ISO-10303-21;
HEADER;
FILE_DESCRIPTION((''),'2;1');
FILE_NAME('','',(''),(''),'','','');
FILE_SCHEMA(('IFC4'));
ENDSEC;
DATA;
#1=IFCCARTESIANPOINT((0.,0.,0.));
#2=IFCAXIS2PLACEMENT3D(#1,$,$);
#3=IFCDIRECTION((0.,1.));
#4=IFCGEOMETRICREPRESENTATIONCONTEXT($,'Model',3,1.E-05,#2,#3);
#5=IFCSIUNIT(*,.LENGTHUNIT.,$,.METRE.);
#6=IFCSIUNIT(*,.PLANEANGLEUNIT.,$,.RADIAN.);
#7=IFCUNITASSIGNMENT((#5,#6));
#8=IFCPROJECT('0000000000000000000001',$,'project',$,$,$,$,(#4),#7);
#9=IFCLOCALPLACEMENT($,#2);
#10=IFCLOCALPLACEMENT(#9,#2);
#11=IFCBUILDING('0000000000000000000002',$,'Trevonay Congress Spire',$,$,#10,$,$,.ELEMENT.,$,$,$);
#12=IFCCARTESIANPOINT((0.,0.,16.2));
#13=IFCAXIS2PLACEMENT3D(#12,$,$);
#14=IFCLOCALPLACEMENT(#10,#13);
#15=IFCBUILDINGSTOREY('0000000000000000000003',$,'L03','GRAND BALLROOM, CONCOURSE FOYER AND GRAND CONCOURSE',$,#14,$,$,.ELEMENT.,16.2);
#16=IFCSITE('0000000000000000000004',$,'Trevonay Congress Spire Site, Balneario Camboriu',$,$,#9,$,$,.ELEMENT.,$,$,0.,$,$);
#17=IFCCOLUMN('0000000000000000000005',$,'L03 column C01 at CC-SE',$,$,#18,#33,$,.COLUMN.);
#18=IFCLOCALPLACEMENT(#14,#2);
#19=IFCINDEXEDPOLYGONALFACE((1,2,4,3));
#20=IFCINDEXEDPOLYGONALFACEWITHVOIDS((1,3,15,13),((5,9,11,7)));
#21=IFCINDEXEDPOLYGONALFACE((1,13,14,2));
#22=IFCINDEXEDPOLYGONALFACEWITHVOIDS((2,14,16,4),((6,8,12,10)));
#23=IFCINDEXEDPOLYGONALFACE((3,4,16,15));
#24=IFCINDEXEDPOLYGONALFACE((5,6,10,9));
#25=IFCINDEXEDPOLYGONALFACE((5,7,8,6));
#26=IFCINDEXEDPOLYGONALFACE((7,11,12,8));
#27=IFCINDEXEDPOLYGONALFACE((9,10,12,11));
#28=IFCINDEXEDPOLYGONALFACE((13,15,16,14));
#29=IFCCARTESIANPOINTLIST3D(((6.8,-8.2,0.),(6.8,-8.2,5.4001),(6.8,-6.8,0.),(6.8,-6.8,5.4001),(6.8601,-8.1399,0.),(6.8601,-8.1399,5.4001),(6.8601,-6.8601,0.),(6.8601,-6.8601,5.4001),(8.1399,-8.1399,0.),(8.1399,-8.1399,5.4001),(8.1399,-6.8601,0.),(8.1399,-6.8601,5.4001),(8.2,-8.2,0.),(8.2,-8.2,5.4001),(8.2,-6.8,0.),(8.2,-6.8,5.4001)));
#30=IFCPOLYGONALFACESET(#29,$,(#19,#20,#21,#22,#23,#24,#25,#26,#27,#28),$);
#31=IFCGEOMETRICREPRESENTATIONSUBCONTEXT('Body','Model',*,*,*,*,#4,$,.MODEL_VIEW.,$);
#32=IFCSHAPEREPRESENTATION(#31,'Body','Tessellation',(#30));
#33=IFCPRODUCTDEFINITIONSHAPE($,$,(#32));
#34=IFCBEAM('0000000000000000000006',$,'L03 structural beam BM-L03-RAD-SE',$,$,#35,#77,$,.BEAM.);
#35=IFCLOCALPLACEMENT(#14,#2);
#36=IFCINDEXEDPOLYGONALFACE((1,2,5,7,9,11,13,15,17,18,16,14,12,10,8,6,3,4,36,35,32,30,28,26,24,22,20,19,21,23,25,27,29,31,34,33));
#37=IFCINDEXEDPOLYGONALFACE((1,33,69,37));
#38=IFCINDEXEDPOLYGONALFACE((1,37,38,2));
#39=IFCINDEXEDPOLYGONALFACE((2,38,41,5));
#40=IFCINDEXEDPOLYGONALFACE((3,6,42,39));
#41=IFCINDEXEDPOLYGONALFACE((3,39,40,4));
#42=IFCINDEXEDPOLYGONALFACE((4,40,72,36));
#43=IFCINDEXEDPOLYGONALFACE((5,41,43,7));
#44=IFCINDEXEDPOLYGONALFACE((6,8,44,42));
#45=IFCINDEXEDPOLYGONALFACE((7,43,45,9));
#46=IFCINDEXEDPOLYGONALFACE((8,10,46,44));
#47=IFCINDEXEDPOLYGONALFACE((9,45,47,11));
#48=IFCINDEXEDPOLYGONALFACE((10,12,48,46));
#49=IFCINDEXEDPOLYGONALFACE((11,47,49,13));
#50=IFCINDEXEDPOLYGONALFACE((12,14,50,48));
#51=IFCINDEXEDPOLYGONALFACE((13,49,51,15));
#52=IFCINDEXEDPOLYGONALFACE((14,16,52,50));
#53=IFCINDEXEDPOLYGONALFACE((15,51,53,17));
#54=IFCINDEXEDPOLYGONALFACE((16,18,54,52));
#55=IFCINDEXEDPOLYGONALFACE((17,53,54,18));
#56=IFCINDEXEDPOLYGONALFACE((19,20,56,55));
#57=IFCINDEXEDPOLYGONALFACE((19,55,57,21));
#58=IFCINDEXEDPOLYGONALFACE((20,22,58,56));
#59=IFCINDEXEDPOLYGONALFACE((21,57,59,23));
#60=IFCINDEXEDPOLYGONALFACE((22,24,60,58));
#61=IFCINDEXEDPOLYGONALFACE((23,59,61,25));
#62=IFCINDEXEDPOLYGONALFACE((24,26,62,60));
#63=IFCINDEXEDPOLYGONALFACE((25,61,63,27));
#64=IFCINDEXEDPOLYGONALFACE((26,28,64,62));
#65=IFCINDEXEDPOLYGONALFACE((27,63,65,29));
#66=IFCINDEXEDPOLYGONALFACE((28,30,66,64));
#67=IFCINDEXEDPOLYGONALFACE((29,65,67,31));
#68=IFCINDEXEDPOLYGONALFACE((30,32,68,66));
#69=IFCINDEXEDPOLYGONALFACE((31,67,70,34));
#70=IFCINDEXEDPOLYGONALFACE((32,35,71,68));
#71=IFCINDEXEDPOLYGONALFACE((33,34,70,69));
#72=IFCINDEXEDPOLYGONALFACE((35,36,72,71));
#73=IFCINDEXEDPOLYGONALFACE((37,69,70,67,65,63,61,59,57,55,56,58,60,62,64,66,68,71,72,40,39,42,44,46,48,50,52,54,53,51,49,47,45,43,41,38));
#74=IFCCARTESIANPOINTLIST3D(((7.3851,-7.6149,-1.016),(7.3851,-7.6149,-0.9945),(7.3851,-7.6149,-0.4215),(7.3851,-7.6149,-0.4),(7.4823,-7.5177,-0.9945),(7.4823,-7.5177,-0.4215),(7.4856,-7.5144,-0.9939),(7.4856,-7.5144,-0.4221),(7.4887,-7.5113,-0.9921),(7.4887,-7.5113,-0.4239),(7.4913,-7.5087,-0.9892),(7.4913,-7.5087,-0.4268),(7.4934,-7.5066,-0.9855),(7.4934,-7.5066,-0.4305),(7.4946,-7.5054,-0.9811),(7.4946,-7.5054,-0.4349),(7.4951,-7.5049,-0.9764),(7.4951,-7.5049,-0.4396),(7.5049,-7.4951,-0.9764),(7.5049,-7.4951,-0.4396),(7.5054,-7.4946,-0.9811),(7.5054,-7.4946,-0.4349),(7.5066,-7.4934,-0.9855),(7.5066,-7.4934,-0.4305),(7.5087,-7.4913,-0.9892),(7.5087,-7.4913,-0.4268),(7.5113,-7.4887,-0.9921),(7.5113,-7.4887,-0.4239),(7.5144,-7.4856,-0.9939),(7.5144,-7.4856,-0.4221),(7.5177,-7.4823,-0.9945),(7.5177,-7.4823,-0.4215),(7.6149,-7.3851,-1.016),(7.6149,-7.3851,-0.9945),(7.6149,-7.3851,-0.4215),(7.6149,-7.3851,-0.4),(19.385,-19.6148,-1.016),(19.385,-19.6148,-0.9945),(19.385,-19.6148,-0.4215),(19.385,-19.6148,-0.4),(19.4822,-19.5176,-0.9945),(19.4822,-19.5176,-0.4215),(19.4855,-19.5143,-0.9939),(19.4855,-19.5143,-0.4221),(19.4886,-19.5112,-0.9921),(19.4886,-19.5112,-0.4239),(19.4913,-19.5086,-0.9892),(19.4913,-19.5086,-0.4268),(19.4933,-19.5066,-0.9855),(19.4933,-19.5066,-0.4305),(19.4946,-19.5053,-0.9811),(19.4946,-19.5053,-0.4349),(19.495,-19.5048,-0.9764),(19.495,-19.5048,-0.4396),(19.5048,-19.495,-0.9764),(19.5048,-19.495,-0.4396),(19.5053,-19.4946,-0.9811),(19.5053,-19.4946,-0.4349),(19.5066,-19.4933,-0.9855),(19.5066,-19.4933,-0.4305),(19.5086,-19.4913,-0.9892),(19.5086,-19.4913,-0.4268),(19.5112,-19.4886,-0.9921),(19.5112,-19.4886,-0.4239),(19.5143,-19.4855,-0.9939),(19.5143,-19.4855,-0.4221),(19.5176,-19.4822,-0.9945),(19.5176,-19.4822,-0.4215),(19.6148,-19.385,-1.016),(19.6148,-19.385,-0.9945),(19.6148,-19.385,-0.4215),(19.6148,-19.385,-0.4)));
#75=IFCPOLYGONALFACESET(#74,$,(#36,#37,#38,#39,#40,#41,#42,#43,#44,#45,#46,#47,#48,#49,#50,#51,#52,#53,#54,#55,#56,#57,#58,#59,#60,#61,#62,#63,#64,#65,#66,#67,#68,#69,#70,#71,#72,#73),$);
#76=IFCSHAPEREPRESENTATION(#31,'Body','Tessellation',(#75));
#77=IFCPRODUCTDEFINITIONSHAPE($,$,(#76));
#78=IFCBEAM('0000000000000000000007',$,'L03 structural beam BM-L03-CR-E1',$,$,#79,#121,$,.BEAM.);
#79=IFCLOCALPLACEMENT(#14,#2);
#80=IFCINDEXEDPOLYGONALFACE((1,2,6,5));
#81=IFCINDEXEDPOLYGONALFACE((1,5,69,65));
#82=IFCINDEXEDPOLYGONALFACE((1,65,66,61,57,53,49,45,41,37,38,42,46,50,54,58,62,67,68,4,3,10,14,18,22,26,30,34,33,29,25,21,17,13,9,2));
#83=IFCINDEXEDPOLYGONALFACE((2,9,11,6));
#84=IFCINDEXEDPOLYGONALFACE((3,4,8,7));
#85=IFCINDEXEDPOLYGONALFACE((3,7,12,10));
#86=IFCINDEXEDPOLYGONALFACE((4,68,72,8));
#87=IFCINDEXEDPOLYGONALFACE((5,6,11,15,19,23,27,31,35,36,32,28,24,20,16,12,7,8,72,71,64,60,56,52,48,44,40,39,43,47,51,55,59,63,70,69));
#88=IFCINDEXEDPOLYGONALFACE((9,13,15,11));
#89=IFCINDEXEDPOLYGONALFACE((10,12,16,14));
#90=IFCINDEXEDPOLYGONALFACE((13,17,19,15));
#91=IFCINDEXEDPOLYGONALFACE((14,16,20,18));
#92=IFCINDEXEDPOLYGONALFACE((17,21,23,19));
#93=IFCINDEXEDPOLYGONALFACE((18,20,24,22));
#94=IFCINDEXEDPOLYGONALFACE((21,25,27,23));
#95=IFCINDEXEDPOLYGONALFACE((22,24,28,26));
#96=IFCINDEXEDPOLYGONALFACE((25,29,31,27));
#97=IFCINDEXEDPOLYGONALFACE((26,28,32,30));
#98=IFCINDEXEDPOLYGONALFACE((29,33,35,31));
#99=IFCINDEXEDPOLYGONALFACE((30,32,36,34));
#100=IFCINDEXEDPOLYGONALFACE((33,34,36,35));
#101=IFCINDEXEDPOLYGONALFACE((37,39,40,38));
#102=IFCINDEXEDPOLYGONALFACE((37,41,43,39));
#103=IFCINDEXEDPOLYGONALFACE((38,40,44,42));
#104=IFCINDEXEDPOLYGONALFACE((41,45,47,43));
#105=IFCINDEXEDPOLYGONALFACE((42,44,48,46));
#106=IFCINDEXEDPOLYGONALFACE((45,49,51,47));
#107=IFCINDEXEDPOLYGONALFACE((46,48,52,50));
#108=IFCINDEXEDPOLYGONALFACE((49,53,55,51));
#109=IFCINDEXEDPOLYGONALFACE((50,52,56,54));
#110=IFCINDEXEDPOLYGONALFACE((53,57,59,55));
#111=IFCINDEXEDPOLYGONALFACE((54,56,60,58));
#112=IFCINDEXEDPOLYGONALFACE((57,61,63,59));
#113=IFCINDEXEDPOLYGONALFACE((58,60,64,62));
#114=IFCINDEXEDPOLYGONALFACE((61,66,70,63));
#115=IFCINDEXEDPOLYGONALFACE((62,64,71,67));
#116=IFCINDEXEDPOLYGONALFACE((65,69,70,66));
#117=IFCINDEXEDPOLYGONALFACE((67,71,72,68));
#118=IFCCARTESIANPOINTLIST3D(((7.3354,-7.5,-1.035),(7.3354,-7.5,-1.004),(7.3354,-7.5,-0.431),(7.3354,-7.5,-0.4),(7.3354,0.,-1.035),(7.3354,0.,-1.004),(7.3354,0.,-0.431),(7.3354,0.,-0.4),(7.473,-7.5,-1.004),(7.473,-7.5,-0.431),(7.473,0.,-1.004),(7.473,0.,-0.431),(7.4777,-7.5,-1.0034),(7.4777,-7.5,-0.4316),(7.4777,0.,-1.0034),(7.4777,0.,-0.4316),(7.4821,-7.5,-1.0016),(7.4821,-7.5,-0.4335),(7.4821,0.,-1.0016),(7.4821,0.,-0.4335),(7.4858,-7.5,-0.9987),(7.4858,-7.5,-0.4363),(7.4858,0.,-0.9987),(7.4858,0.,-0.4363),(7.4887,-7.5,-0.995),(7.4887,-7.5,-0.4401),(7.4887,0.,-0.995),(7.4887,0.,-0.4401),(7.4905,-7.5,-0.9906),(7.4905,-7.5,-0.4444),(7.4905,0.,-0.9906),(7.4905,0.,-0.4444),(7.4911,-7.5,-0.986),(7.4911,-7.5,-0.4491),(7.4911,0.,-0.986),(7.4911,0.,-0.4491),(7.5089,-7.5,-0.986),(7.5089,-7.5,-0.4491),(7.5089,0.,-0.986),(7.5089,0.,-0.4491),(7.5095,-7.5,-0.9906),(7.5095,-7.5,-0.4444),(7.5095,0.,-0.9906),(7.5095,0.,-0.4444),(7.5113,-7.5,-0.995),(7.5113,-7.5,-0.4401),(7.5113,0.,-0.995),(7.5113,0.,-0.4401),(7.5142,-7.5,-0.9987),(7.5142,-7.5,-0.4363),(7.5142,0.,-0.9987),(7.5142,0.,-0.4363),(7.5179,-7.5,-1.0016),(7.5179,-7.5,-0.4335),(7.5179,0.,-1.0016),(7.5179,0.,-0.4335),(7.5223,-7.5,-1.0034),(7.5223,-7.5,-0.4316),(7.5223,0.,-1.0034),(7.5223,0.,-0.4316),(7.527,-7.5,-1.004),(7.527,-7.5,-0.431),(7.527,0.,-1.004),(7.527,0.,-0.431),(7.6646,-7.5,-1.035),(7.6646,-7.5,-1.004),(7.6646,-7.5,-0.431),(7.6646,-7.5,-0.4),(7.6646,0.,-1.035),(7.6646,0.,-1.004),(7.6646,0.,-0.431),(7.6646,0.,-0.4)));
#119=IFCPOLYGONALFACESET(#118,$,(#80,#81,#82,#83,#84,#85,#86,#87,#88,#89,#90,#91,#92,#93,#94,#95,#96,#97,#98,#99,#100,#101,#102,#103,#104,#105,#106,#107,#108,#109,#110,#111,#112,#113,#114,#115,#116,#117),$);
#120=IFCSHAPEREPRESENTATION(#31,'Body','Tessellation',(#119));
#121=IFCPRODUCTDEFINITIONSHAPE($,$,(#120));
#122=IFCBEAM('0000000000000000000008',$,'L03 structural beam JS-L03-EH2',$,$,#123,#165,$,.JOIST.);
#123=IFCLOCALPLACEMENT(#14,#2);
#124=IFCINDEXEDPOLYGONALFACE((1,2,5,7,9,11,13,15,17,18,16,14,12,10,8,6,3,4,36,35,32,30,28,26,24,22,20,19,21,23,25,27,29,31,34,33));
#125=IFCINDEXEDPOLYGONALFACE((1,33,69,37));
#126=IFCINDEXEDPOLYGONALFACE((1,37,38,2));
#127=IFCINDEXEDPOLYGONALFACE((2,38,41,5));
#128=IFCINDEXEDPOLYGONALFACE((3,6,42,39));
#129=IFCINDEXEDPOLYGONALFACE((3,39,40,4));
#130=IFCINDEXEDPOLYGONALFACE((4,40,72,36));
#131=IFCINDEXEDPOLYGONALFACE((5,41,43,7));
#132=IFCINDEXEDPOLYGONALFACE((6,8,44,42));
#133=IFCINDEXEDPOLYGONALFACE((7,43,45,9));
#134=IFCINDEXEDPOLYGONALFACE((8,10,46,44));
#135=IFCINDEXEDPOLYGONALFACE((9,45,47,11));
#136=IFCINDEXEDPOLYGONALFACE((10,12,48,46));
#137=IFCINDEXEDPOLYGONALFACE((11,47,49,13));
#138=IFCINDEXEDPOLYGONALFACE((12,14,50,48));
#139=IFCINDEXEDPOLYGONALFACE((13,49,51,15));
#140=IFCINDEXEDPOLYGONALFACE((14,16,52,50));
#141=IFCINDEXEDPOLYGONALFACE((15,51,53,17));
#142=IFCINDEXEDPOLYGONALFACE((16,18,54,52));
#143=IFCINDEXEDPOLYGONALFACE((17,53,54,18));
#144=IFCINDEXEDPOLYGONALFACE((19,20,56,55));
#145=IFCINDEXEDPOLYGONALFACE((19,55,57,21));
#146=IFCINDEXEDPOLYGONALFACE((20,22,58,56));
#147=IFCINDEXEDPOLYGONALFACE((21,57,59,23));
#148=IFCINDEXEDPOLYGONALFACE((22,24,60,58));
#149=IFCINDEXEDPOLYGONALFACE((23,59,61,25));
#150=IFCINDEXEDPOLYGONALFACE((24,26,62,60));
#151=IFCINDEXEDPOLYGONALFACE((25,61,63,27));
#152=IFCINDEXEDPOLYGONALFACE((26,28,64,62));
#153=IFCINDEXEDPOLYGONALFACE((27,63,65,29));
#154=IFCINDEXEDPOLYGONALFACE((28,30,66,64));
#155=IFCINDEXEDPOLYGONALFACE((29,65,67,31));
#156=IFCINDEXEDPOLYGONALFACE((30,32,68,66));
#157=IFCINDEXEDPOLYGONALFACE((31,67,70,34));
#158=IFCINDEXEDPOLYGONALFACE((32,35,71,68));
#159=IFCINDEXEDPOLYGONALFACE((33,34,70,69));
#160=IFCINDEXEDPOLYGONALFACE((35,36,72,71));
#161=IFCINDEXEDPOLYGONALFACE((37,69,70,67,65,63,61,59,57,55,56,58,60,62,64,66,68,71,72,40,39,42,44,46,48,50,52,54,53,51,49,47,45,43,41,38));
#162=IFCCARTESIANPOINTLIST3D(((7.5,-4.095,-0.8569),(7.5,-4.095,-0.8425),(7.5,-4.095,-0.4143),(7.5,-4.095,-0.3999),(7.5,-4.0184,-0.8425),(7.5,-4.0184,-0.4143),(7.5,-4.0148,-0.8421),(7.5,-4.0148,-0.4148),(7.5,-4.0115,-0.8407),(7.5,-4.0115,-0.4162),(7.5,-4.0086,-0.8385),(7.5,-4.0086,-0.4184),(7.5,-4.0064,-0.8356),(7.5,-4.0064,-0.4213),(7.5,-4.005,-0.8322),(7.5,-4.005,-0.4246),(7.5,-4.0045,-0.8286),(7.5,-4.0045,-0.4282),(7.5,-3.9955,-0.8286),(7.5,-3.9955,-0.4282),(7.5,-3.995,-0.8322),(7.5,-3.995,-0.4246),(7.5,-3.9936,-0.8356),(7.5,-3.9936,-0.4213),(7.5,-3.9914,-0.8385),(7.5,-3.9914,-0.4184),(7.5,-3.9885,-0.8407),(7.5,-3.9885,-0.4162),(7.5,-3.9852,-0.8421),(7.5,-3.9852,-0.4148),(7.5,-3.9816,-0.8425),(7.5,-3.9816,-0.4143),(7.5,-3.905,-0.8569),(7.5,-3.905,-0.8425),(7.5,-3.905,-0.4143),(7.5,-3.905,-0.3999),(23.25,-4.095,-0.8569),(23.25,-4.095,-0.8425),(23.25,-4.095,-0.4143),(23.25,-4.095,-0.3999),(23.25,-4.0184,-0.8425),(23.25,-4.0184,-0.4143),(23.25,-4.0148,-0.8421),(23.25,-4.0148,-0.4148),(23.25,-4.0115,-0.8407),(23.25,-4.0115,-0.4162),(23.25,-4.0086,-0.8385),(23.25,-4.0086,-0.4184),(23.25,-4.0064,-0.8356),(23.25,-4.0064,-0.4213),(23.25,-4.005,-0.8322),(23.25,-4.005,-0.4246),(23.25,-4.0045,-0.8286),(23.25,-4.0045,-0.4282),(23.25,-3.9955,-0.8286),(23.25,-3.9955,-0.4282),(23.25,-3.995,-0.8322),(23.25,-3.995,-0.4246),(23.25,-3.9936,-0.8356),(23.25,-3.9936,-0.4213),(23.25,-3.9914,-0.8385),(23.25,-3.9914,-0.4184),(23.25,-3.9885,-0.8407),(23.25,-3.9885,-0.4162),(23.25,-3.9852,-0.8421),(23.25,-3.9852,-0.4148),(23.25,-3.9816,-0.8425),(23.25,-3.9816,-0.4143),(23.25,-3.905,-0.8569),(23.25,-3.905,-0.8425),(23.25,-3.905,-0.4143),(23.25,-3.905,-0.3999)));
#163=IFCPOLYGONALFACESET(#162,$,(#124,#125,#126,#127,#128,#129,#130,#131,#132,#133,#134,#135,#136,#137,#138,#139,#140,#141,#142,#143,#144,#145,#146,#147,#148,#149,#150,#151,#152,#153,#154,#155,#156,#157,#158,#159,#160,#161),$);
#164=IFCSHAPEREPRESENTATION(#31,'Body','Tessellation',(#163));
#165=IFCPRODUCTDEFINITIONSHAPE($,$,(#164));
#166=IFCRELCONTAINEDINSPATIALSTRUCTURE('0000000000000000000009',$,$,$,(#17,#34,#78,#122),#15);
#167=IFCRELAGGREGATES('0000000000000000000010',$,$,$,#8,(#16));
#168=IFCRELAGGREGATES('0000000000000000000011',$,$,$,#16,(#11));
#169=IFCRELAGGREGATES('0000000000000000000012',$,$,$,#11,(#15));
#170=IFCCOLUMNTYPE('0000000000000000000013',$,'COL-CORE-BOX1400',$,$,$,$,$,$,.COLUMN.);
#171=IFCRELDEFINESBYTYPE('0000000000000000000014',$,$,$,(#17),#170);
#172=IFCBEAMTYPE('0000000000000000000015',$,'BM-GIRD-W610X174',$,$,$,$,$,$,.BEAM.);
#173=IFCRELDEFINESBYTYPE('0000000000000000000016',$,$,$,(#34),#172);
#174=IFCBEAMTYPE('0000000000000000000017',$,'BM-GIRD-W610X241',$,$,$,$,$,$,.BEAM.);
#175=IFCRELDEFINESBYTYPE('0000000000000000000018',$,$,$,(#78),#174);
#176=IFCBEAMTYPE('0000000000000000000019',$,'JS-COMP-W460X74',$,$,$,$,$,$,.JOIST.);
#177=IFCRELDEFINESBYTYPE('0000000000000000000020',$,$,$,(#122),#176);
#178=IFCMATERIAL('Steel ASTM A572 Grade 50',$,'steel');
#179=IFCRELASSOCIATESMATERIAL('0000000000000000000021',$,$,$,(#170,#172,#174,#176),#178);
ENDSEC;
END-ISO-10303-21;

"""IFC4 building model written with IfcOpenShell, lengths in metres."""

from ifc_helpers import new_model, si_unit, direction, frame, origin, origin_2d, place, context, subcontext, project, spatial, hollow_rectangle, i_section, extrude, material, material_profile, profile_set, type_object, element, save


model = new_model("IFC4")

# Units and contexts
model_context = context("Model", 3, precision=1e-05, world=origin(), true_north=direction((0.0, 1.0)))
body_context = subcontext(model_context, "Body", "Model", "MODEL_VIEW")
ifc_project = project(units=[si_unit("LENGTHUNIT", "METRE"), si_unit("PLANEANGLEUNIT", "RADIAN")], contexts=[model_context])

# Site, building, storey
site_placement = place(None, origin())
site = spatial("IfcSite", under=ifc_project, at=site_placement, Name="Trevonay Congress Spire Site, Balneario Camboriu", CompositionType="ELEMENT", RefElevation=0.0)
building_placement = place(site_placement, origin())
building = spatial("IfcBuilding", under=site, at=building_placement, Name="Trevonay Congress Spire", CompositionType="ELEMENT")
storey_placement = place(building_placement, frame((0.0, 0.0, 16.2)))
storey = spatial("IfcBuildingStorey", under=building, at=storey_placement, Name="L03", Description="GRAND BALLROOM, CONCOURSE FOYER AND GRAND CONCOURSE", CompositionType="ELEMENT", Elevation=16.2)

# Column
ifc_material_1 = material(Name="Steel ASTM A572 Grade 50", Category="steel")
ifc_material_profile_1 = material_profile(ifc_material_1, hollow_rectangle(XDim=1.3999, YDim=1.3999, WallThickness=0.0601, at=origin_2d()), Name="BOX 1400x1400x60")
ifc_profile_set_1 = profile_set([ifc_material_profile_1], Name="Steel ASTM A572 Grade 50")
column_type = type_object("IfcColumnType", Name="COL-CORE-BOX1400", PredefinedType="COLUMN", material=ifc_profile_set_1)
column_placement = place(storey_placement, frame((7.5, -7.5, 0.0), z_axis=(0.0, 0.0, 1.0), x_axis=(1.0, 0.0, 0.0)))
element("IfcColumn", 1, at=column_placement, inside=storey, type_object=column_type, Name="L03 column C01 at CC-SE", PredefinedType="COLUMN", context=body_context, shape_type="SweptSolid", body=[
    extrude(hollow_rectangle(XDim=1.3999, YDim=1.3999, WallThickness=0.0601, at=origin_2d()), origin(), (0.0, 0.0, 1.0), 5.4001),
])

# Beams
ifc_material_profile_2 = material_profile(ifc_material_1, i_section(OverallWidth=0.325, OverallDepth=0.616, WebThickness=0.0139, FlangeThickness=0.0215, FilletRadius=0.0181, at=origin_2d()), Name="W610x174")
ifc_profile_set_2 = profile_set([ifc_material_profile_2], Name="Steel ASTM A572 Grade 50")
beam_type_1 = type_object("IfcBeamType", Name="BM-GIRD-W610X174", PredefinedType="BEAM", material=ifc_profile_set_2)
beam_1_placement = place(storey_placement, frame((7.5, -7.5, -0.708), z_axis=(0.707107, -0.707107, 0.0), x_axis=(0.707107, 0.707107, 0.0)))
element("IfcBeam", 2, at=beam_1_placement, inside=storey, type_object=beam_type_1, Name="L03 structural beam BM-L03-RAD-SE", PredefinedType="BEAM", context=body_context, shape_type="SweptSolid", body=[
    extrude(i_section(OverallWidth=0.325, OverallDepth=0.616, WebThickness=0.0139, FlangeThickness=0.0215, FilletRadius=0.0181, at=origin_2d()), origin(), (0.0, 0.0, 1.0), 16.9705),
])
ifc_material_profile_3 = material_profile(ifc_material_1, i_section(OverallWidth=0.3291, OverallDepth=0.635, WebThickness=0.0178, FlangeThickness=0.031, FilletRadius=0.0181, at=origin_2d()), Name="W610x241")
ifc_profile_set_3 = profile_set([ifc_material_profile_3], Name="Steel ASTM A572 Grade 50")
beam_type_2 = type_object("IfcBeamType", Name="BM-GIRD-W610X241", PredefinedType="BEAM", material=ifc_profile_set_3)
beam_2_placement = place(storey_placement, frame((7.5, -7.5, -0.7175), z_axis=(0.0, 1.0, 0.0), x_axis=(-1.0, 0.0, 0.0)))
element("IfcBeam", 3, at=beam_2_placement, inside=storey, type_object=beam_type_2, Name="L03 structural beam BM-L03-CR-E1", PredefinedType="BEAM", context=body_context, shape_type="SweptSolid", body=[
    extrude(i_section(OverallWidth=0.3291, OverallDepth=0.635, WebThickness=0.0178, FlangeThickness=0.031, FilletRadius=0.0181, at=origin_2d()), origin(), (0.0, 0.0, 1.0), 7.5),
])
ifc_material_profile_4 = material_profile(ifc_material_1, i_section(OverallWidth=0.1899, OverallDepth=0.457, WebThickness=0.009, FlangeThickness=0.0144, FilletRadius=0.0139, at=origin_2d()), Name="W460x74")
ifc_profile_set_4 = profile_set([ifc_material_profile_4], Name="Steel ASTM A572 Grade 50")
beam_type_3 = type_object("IfcBeamType", Name="JS-COMP-W460X74", PredefinedType="JOIST", material=ifc_profile_set_4)
beam_3_placement = place(storey_placement, frame((7.5, -4.0, -0.6284), z_axis=(1.0, 0.0, 0.0), x_axis=(0.0, 1.0, 0.0)))
element("IfcBeam", 4, at=beam_3_placement, inside=storey, type_object=beam_type_3, Name="L03 structural beam JS-L03-EH2", PredefinedType="JOIST", context=body_context, shape_type="SweptSolid", body=[
    extrude(i_section(OverallWidth=0.1899, OverallDepth=0.457, WebThickness=0.009, FlangeThickness=0.0144, FilletRadius=0.0139, at=origin_2d()), origin(), (0.0, 0.0, 1.0), 15.75),
])

save(model, "model.ifc")
